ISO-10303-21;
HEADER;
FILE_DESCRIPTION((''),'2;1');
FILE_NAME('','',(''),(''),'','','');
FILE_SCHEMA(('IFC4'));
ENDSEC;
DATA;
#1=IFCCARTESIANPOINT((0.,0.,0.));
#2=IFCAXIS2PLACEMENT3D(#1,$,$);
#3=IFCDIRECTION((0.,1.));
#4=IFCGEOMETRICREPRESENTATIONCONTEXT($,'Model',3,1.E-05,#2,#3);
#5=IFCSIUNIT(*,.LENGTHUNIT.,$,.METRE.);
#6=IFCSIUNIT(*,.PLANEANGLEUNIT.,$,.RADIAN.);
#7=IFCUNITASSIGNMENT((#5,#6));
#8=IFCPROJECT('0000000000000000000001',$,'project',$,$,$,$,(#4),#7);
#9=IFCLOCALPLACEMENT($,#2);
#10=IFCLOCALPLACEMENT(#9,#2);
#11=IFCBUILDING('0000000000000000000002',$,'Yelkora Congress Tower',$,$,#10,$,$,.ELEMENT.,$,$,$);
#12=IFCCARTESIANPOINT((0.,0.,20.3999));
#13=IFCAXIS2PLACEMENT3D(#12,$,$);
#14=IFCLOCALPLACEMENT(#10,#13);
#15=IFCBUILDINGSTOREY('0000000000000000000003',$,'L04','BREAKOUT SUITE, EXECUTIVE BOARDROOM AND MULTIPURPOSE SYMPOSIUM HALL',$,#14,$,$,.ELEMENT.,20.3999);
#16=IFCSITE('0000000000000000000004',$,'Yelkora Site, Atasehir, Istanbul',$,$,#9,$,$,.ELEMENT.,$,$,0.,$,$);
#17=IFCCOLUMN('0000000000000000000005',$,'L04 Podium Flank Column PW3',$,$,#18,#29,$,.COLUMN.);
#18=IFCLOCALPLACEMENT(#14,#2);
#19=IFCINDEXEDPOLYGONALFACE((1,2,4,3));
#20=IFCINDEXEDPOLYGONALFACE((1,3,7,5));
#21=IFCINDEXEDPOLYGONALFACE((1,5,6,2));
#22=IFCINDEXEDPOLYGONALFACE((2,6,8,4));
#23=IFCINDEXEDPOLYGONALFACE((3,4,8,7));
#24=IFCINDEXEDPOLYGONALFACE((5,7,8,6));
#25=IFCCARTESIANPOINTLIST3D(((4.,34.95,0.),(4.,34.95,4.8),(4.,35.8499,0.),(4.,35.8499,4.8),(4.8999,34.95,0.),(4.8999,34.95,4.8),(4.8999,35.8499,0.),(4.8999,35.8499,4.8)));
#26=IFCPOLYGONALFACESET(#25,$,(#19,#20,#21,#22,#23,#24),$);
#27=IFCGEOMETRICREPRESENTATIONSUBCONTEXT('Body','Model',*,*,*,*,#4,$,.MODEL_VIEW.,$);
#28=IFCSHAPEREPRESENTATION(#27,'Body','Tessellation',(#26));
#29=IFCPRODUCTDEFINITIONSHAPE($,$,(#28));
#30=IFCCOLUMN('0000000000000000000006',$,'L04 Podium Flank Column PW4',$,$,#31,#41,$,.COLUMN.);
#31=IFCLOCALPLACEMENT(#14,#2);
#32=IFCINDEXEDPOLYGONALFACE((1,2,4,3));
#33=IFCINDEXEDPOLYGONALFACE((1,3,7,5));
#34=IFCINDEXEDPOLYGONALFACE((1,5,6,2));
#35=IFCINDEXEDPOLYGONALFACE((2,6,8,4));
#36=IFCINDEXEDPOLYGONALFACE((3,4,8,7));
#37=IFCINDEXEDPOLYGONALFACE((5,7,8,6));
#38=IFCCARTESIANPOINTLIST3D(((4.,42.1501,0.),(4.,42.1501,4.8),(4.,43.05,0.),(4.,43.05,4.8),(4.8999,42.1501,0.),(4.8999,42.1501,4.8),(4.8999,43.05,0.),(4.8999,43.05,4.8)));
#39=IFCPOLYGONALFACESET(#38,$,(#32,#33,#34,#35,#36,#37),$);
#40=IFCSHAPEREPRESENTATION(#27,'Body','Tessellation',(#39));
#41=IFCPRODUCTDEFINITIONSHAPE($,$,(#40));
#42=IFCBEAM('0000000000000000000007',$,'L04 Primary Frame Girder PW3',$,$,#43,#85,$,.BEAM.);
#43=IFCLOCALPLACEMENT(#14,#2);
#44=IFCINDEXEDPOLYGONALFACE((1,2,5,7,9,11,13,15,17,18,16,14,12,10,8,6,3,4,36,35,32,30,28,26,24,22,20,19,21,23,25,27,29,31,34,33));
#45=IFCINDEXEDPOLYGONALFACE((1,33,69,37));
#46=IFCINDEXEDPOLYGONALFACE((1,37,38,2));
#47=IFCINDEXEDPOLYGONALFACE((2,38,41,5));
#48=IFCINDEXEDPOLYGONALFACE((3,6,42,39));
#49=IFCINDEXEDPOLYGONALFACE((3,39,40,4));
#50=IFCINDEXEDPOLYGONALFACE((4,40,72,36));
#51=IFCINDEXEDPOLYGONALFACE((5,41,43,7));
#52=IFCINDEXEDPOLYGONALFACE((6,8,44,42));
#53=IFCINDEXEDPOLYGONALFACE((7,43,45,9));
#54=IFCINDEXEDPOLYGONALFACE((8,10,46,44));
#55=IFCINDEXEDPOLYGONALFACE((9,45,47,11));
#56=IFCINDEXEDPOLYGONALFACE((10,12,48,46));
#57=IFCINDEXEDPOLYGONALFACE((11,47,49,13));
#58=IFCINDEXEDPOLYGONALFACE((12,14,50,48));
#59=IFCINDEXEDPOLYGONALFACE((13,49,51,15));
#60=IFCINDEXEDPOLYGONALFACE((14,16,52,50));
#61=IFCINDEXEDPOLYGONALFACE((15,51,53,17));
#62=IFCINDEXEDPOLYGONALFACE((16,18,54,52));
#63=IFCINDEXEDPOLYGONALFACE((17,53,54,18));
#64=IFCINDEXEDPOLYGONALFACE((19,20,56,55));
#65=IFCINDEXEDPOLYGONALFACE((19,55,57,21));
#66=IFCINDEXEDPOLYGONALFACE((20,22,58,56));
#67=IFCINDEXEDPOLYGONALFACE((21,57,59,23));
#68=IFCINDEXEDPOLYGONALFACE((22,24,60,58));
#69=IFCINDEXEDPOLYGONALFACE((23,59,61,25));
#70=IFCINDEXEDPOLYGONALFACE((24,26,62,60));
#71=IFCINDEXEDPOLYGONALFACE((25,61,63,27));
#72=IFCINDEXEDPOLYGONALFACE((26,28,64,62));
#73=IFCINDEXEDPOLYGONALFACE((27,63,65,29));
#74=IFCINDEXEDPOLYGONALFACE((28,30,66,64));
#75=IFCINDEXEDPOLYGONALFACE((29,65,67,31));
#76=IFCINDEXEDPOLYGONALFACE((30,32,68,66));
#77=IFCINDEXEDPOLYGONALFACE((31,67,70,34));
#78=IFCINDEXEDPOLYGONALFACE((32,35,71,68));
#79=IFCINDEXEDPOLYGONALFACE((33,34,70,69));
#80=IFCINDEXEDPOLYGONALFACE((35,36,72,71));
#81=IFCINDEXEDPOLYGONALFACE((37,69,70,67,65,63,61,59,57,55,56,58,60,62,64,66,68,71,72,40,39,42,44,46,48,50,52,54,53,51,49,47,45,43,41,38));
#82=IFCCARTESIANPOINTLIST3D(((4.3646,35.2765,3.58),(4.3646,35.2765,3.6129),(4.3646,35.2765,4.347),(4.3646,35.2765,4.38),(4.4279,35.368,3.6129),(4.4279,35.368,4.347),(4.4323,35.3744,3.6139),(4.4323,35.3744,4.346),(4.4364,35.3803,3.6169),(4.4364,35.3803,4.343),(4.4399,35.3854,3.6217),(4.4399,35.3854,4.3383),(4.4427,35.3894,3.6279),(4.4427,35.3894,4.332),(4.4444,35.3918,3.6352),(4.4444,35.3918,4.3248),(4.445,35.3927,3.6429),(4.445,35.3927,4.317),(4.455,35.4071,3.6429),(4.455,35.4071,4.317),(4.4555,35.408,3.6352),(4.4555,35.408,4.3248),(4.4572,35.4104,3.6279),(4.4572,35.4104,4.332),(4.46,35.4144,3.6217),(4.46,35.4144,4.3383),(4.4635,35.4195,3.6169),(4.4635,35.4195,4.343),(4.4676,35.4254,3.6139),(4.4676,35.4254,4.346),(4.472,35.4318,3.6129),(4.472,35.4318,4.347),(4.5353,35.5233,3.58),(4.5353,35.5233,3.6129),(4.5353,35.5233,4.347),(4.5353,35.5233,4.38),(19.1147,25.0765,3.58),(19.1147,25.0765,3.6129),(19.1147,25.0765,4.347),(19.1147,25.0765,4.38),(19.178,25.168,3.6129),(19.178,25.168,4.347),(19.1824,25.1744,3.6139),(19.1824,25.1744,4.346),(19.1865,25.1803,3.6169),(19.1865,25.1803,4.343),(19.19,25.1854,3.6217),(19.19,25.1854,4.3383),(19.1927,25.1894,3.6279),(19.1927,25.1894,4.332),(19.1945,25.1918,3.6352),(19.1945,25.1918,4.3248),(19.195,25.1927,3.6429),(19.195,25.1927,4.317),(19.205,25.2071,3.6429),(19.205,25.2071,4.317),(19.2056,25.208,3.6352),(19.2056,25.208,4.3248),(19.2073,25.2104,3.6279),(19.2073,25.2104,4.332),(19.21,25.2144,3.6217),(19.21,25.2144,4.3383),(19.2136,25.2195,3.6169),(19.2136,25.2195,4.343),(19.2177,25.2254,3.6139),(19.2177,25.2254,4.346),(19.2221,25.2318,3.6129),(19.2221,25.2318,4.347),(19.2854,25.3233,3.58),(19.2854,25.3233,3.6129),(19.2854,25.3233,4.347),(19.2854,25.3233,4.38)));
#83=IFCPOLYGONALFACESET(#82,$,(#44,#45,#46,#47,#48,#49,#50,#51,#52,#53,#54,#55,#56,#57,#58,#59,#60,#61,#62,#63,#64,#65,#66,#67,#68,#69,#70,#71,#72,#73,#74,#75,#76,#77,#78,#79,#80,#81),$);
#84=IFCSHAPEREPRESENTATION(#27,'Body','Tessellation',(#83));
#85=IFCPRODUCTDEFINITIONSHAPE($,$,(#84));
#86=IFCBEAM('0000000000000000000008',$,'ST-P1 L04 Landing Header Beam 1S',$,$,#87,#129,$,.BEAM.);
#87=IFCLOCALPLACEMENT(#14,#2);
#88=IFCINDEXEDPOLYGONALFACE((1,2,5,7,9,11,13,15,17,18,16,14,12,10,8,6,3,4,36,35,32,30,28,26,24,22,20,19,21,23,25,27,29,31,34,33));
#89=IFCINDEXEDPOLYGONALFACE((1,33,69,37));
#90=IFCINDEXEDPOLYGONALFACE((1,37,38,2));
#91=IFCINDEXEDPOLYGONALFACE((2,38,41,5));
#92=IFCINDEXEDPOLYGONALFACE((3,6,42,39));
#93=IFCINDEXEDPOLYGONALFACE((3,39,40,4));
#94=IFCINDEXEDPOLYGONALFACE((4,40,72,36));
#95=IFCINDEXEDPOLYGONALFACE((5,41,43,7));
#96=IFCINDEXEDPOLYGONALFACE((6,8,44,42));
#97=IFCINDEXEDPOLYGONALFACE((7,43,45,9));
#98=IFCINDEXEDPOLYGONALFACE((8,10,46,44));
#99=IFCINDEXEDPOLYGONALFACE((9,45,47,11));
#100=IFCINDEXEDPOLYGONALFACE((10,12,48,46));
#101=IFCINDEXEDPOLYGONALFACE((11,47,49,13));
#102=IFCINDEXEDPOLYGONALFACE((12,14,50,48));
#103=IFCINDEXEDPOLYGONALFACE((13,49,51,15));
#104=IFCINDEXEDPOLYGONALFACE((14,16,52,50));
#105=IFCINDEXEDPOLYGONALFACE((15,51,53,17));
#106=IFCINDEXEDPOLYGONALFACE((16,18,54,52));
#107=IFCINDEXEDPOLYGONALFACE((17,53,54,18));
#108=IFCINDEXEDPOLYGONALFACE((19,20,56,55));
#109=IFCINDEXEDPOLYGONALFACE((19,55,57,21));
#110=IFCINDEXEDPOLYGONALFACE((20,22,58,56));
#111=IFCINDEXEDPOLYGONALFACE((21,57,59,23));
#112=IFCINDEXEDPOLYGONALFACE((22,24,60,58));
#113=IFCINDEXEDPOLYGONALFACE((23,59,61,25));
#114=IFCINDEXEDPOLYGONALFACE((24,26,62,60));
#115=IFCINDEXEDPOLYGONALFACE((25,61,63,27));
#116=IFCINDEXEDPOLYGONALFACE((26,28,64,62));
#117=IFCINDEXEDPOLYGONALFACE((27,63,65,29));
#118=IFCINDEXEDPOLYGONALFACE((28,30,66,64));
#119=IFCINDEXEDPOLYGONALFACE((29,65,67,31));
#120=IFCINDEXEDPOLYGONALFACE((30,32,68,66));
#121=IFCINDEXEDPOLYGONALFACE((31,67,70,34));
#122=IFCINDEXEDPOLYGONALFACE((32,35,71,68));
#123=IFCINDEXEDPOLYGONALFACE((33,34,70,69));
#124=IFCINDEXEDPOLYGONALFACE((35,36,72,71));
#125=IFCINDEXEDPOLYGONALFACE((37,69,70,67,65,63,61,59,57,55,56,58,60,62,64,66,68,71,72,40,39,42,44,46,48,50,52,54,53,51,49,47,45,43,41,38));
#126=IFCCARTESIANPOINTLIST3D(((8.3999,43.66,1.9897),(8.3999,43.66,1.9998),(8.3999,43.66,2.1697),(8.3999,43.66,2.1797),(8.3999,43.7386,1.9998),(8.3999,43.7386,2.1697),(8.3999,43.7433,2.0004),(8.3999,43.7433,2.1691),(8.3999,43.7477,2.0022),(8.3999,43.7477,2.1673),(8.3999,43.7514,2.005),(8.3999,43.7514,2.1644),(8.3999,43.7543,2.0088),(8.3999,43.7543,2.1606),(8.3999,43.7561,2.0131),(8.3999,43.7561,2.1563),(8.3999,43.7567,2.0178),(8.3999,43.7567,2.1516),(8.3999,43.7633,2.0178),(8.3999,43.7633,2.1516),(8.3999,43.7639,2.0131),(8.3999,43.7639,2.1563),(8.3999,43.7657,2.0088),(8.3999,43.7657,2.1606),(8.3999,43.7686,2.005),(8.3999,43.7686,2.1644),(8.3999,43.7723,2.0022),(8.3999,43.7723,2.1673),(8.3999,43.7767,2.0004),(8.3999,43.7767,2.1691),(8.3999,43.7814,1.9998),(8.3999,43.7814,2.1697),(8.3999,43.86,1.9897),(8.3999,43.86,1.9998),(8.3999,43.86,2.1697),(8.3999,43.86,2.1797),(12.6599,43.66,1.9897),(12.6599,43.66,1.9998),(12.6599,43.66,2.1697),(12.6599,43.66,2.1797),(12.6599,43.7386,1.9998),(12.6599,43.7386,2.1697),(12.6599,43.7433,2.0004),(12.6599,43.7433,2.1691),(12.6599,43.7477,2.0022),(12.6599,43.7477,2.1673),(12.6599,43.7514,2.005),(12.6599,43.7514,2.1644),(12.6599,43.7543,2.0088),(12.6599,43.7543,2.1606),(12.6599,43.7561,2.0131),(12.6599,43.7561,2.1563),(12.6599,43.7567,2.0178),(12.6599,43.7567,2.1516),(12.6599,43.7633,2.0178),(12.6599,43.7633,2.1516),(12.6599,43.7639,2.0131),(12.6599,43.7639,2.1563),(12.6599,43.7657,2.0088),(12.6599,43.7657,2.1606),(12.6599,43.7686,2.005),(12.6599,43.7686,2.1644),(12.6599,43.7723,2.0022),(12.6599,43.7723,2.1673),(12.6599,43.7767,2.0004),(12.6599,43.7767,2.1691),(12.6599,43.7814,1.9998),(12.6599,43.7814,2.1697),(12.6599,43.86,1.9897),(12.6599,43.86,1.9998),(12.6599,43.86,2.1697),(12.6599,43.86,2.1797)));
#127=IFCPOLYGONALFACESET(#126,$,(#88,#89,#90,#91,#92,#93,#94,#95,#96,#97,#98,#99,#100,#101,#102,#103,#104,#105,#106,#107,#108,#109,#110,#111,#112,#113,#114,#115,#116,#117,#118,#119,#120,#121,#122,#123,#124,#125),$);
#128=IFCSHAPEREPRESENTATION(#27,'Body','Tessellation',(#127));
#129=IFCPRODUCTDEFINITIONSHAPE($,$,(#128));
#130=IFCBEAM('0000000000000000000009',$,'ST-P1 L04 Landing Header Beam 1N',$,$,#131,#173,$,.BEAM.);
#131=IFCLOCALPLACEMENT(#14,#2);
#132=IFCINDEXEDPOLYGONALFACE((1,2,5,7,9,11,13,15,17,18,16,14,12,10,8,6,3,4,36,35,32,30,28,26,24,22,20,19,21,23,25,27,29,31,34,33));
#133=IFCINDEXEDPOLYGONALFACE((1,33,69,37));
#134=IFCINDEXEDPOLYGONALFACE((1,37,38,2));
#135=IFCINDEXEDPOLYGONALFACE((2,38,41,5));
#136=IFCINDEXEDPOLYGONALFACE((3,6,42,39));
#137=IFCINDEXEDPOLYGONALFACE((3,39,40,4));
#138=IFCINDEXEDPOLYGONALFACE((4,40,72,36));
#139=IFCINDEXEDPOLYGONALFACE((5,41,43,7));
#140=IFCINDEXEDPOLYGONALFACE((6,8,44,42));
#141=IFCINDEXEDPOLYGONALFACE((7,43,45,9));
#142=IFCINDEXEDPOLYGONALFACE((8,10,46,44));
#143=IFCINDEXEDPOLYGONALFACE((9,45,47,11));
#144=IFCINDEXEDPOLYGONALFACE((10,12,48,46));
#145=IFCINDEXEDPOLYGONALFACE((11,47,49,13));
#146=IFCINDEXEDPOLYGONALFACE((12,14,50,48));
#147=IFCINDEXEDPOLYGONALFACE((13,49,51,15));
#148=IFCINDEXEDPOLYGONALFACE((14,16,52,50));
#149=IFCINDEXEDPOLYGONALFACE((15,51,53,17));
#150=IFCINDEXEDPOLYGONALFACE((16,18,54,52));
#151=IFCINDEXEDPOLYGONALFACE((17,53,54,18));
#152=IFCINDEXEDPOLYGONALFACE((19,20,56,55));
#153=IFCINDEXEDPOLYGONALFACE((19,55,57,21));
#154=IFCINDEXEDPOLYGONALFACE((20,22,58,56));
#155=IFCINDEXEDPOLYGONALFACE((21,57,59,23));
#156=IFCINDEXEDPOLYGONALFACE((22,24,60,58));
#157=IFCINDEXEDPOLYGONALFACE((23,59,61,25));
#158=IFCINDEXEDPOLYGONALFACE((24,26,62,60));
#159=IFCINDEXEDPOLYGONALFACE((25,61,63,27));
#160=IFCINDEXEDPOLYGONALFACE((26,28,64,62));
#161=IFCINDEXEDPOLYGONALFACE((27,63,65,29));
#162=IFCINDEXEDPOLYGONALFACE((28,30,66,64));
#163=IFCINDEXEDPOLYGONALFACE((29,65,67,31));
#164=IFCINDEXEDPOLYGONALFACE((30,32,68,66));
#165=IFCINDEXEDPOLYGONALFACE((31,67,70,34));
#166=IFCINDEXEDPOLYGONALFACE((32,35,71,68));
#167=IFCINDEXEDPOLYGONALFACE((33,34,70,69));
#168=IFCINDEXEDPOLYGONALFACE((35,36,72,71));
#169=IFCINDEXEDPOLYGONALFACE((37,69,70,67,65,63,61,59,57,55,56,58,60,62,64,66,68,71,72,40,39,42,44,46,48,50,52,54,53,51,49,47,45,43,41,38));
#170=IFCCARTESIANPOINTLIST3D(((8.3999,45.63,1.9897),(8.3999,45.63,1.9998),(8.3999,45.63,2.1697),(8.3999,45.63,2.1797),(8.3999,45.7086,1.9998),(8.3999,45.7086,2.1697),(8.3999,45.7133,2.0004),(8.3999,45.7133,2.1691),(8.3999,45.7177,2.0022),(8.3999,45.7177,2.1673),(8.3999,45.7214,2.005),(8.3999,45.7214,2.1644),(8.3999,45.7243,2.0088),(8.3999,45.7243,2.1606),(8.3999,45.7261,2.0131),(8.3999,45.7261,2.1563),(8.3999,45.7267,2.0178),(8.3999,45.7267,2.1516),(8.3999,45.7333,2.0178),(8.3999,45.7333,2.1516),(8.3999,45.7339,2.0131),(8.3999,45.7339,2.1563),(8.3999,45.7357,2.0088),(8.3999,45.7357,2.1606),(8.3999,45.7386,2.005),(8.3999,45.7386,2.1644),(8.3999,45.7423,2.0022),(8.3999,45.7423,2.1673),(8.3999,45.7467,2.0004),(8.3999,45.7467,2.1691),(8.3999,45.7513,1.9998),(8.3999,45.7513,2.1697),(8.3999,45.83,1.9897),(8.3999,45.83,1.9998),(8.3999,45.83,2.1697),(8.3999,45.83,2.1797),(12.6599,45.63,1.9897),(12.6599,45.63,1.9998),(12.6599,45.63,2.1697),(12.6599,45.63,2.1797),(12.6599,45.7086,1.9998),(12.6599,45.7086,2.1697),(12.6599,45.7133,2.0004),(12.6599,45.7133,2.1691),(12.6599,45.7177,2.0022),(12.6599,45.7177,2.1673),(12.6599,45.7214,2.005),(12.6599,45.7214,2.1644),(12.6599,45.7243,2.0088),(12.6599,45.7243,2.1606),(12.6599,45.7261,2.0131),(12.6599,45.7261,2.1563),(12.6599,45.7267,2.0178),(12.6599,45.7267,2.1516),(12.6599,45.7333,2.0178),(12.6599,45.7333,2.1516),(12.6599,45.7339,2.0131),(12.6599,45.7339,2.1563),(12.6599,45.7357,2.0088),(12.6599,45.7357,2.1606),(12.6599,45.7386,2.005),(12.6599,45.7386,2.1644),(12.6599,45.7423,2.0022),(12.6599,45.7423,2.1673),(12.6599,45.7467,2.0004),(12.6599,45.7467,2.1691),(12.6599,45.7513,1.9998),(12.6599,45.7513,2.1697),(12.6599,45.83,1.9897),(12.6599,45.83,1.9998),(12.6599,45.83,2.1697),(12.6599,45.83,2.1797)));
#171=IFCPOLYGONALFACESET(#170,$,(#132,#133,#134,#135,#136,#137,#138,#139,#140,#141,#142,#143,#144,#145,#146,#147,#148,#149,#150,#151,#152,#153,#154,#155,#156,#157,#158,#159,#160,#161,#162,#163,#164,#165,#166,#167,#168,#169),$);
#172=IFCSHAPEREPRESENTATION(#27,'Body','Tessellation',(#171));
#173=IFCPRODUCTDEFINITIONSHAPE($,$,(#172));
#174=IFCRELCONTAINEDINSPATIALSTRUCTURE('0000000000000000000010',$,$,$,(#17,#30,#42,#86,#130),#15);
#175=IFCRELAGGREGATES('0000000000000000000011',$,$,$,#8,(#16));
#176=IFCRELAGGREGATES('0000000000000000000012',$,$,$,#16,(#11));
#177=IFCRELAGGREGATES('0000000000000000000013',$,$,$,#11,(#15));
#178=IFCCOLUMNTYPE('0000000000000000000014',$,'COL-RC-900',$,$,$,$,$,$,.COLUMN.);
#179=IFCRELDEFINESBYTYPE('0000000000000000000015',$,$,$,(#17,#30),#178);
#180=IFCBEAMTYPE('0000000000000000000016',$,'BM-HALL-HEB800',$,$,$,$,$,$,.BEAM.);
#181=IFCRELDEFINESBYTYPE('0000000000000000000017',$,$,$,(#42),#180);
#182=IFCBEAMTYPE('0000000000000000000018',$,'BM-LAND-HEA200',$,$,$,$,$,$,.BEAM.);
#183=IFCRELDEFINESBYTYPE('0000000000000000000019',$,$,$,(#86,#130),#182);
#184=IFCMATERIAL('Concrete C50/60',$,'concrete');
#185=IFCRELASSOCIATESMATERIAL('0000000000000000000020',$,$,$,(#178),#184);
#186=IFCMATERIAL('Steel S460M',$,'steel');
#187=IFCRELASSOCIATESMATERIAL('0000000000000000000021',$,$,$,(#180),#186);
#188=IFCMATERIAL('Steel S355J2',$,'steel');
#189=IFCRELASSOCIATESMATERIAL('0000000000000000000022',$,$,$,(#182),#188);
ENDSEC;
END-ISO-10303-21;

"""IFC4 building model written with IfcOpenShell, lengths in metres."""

from ifc_helpers import new_model, si_unit, direction, frame, origin, origin_2d, place, context, subcontext, project, spatial, rectangle, i_section, extrude, material, material_profile, profile_set, type_object, element, save


model = new_model("IFC4")

# Units and contexts
model_context = context("Model", 3, precision=1e-05, world=origin(), true_north=direction((0.0, 1.0)))
body_context = subcontext(model_context, "Body", "Model", "MODEL_VIEW")
ifc_project = project(units=[si_unit("LENGTHUNIT", "METRE"), si_unit("PLANEANGLEUNIT", "RADIAN")], contexts=[model_context])

# Site, building, storey
site_placement = place(None, origin())
site = spatial("IfcSite", under=ifc_project, at=site_placement, Name="Yelkora Site, Atasehir, Istanbul", CompositionType="ELEMENT", RefElevation=0.0)
building_placement = place(site_placement, origin())
building = spatial("IfcBuilding", under=site, at=building_placement, Name="Yelkora Congress Tower", CompositionType="ELEMENT")
storey_placement = place(building_placement, frame((0.0, 0.0, 20.3999)))
storey = spatial("IfcBuildingStorey", under=building, at=storey_placement, Name="L04", Description="BREAKOUT SUITE, EXECUTIVE BOARDROOM AND MULTIPURPOSE SYMPOSIUM HALL", CompositionType="ELEMENT", Elevation=20.3999)

# Columns
ifc_material_1 = material(Name="Concrete C50/60", Category="concrete")
ifc_material_profile_1 = material_profile(ifc_material_1, rectangle(XDim=0.8999, YDim=0.8999, at=origin_2d()), Name="RC 900x900")
ifc_profile_set_1 = profile_set([ifc_material_profile_1], Name="Concrete C50/60")
column_type = type_object("IfcColumnType", Name="COL-RC-900", PredefinedType="COLUMN", material=ifc_profile_set_1)
for number, where, z_axis, x_axis, name in (
    (1, (4.45, 35.3999, 0.0), (0.0, 0.0, 1.0), (1.0, 0.0, 0.0), "L04 Podium Flank Column PW3"),
    (2, (4.45, 42.6001, 0.0), (0.0, 0.0, 1.0), (1.0, 0.0, 0.0), "L04 Podium Flank Column PW4"),
):
    element("IfcColumn", number, at=place(storey_placement, frame(where, z_axis=z_axis, x_axis=x_axis)), inside=storey, type_object=column_type, Name=name, PredefinedType="COLUMN", context=body_context, shape_type="SweptSolid", body=[
        extrude(rectangle(XDim=0.8999, YDim=0.8999, at=origin_2d()), origin(), (0.0, 0.0, 1.0), 4.8),
    ])

# Beams
ifc_material_2 = material(Name="Steel S460M", Category="steel")
ifc_material_profile_2 = material_profile(ifc_material_2, i_section(OverallWidth=0.3, OverallDepth=0.8, WebThickness=0.0176, FlangeThickness=0.033, FilletRadius=0.03, at=origin_2d()), Name="HEB 800")
ifc_profile_set_2 = profile_set([ifc_material_profile_2], Name="Steel S460M")
beam_type_1 = type_object("IfcBeamType", Name="BM-HALL-HEB800", PredefinedType="BEAM", material=ifc_profile_set_2)
beam_1_placement = place(storey_placement, frame((4.45, 35.3999, 3.98), z_axis=(0.822494, -0.568773, 0.0), x_axis=(0.568773, 0.822494, 0.0)))
element("IfcBeam", 3, at=beam_1_placement, inside=storey, type_object=beam_type_1, Name="L04 Primary Frame Girder PW3", PredefinedType="BEAM", context=body_context, shape_type="SweptSolid", body=[
    extrude(i_section(OverallWidth=0.3, OverallDepth=0.8, WebThickness=0.0176, FlangeThickness=0.033, FilletRadius=0.03, at=origin_2d()), origin(), (0.0, 0.0, 1.0), 17.9333),
])
ifc_material_3 = material(Name="Steel S355J2", Category="steel")
ifc_material_profile_3 = material_profile(ifc_material_3, i_section(OverallWidth=0.2, OverallDepth=0.1899, WebThickness=0.0066, FlangeThickness=0.01, FilletRadius=0.0181, at=origin_2d()), Name="HEA 200")
ifc_profile_set_3 = profile_set([ifc_material_profile_3], Name="Steel S355J2")
beam_type_2 = type_object("IfcBeamType", Name="BM-LAND-HEA200", PredefinedType="BEAM", material=ifc_profile_set_3)
for number, where, z_axis, x_axis, name in (
    (4, (8.3999, 43.76, 2.0847), (1.0, 0.0, 0.0), (0.0, 1.0, 0.0), "ST-P1 L04 Landing Header Beam 1S"),
    (5, (8.3999, 45.73, 2.0847), (1.0, 0.0, 0.0), (0.0, 1.0, 0.0), "ST-P1 L04 Landing Header Beam 1N"),
):
    element("IfcBeam", number, at=place(storey_placement, frame(where, z_axis=z_axis, x_axis=x_axis)), inside=storey, type_object=beam_type_2, Name=name, PredefinedType="BEAM", context=body_context, shape_type="SweptSolid", body=[
        extrude(i_section(OverallWidth=0.2, OverallDepth=0.1899, WebThickness=0.0066, FlangeThickness=0.01, FilletRadius=0.0181, at=origin_2d()), origin(), (0.0, 0.0, 1.0), 4.26),
    ])

save(model, "model.ifc")
